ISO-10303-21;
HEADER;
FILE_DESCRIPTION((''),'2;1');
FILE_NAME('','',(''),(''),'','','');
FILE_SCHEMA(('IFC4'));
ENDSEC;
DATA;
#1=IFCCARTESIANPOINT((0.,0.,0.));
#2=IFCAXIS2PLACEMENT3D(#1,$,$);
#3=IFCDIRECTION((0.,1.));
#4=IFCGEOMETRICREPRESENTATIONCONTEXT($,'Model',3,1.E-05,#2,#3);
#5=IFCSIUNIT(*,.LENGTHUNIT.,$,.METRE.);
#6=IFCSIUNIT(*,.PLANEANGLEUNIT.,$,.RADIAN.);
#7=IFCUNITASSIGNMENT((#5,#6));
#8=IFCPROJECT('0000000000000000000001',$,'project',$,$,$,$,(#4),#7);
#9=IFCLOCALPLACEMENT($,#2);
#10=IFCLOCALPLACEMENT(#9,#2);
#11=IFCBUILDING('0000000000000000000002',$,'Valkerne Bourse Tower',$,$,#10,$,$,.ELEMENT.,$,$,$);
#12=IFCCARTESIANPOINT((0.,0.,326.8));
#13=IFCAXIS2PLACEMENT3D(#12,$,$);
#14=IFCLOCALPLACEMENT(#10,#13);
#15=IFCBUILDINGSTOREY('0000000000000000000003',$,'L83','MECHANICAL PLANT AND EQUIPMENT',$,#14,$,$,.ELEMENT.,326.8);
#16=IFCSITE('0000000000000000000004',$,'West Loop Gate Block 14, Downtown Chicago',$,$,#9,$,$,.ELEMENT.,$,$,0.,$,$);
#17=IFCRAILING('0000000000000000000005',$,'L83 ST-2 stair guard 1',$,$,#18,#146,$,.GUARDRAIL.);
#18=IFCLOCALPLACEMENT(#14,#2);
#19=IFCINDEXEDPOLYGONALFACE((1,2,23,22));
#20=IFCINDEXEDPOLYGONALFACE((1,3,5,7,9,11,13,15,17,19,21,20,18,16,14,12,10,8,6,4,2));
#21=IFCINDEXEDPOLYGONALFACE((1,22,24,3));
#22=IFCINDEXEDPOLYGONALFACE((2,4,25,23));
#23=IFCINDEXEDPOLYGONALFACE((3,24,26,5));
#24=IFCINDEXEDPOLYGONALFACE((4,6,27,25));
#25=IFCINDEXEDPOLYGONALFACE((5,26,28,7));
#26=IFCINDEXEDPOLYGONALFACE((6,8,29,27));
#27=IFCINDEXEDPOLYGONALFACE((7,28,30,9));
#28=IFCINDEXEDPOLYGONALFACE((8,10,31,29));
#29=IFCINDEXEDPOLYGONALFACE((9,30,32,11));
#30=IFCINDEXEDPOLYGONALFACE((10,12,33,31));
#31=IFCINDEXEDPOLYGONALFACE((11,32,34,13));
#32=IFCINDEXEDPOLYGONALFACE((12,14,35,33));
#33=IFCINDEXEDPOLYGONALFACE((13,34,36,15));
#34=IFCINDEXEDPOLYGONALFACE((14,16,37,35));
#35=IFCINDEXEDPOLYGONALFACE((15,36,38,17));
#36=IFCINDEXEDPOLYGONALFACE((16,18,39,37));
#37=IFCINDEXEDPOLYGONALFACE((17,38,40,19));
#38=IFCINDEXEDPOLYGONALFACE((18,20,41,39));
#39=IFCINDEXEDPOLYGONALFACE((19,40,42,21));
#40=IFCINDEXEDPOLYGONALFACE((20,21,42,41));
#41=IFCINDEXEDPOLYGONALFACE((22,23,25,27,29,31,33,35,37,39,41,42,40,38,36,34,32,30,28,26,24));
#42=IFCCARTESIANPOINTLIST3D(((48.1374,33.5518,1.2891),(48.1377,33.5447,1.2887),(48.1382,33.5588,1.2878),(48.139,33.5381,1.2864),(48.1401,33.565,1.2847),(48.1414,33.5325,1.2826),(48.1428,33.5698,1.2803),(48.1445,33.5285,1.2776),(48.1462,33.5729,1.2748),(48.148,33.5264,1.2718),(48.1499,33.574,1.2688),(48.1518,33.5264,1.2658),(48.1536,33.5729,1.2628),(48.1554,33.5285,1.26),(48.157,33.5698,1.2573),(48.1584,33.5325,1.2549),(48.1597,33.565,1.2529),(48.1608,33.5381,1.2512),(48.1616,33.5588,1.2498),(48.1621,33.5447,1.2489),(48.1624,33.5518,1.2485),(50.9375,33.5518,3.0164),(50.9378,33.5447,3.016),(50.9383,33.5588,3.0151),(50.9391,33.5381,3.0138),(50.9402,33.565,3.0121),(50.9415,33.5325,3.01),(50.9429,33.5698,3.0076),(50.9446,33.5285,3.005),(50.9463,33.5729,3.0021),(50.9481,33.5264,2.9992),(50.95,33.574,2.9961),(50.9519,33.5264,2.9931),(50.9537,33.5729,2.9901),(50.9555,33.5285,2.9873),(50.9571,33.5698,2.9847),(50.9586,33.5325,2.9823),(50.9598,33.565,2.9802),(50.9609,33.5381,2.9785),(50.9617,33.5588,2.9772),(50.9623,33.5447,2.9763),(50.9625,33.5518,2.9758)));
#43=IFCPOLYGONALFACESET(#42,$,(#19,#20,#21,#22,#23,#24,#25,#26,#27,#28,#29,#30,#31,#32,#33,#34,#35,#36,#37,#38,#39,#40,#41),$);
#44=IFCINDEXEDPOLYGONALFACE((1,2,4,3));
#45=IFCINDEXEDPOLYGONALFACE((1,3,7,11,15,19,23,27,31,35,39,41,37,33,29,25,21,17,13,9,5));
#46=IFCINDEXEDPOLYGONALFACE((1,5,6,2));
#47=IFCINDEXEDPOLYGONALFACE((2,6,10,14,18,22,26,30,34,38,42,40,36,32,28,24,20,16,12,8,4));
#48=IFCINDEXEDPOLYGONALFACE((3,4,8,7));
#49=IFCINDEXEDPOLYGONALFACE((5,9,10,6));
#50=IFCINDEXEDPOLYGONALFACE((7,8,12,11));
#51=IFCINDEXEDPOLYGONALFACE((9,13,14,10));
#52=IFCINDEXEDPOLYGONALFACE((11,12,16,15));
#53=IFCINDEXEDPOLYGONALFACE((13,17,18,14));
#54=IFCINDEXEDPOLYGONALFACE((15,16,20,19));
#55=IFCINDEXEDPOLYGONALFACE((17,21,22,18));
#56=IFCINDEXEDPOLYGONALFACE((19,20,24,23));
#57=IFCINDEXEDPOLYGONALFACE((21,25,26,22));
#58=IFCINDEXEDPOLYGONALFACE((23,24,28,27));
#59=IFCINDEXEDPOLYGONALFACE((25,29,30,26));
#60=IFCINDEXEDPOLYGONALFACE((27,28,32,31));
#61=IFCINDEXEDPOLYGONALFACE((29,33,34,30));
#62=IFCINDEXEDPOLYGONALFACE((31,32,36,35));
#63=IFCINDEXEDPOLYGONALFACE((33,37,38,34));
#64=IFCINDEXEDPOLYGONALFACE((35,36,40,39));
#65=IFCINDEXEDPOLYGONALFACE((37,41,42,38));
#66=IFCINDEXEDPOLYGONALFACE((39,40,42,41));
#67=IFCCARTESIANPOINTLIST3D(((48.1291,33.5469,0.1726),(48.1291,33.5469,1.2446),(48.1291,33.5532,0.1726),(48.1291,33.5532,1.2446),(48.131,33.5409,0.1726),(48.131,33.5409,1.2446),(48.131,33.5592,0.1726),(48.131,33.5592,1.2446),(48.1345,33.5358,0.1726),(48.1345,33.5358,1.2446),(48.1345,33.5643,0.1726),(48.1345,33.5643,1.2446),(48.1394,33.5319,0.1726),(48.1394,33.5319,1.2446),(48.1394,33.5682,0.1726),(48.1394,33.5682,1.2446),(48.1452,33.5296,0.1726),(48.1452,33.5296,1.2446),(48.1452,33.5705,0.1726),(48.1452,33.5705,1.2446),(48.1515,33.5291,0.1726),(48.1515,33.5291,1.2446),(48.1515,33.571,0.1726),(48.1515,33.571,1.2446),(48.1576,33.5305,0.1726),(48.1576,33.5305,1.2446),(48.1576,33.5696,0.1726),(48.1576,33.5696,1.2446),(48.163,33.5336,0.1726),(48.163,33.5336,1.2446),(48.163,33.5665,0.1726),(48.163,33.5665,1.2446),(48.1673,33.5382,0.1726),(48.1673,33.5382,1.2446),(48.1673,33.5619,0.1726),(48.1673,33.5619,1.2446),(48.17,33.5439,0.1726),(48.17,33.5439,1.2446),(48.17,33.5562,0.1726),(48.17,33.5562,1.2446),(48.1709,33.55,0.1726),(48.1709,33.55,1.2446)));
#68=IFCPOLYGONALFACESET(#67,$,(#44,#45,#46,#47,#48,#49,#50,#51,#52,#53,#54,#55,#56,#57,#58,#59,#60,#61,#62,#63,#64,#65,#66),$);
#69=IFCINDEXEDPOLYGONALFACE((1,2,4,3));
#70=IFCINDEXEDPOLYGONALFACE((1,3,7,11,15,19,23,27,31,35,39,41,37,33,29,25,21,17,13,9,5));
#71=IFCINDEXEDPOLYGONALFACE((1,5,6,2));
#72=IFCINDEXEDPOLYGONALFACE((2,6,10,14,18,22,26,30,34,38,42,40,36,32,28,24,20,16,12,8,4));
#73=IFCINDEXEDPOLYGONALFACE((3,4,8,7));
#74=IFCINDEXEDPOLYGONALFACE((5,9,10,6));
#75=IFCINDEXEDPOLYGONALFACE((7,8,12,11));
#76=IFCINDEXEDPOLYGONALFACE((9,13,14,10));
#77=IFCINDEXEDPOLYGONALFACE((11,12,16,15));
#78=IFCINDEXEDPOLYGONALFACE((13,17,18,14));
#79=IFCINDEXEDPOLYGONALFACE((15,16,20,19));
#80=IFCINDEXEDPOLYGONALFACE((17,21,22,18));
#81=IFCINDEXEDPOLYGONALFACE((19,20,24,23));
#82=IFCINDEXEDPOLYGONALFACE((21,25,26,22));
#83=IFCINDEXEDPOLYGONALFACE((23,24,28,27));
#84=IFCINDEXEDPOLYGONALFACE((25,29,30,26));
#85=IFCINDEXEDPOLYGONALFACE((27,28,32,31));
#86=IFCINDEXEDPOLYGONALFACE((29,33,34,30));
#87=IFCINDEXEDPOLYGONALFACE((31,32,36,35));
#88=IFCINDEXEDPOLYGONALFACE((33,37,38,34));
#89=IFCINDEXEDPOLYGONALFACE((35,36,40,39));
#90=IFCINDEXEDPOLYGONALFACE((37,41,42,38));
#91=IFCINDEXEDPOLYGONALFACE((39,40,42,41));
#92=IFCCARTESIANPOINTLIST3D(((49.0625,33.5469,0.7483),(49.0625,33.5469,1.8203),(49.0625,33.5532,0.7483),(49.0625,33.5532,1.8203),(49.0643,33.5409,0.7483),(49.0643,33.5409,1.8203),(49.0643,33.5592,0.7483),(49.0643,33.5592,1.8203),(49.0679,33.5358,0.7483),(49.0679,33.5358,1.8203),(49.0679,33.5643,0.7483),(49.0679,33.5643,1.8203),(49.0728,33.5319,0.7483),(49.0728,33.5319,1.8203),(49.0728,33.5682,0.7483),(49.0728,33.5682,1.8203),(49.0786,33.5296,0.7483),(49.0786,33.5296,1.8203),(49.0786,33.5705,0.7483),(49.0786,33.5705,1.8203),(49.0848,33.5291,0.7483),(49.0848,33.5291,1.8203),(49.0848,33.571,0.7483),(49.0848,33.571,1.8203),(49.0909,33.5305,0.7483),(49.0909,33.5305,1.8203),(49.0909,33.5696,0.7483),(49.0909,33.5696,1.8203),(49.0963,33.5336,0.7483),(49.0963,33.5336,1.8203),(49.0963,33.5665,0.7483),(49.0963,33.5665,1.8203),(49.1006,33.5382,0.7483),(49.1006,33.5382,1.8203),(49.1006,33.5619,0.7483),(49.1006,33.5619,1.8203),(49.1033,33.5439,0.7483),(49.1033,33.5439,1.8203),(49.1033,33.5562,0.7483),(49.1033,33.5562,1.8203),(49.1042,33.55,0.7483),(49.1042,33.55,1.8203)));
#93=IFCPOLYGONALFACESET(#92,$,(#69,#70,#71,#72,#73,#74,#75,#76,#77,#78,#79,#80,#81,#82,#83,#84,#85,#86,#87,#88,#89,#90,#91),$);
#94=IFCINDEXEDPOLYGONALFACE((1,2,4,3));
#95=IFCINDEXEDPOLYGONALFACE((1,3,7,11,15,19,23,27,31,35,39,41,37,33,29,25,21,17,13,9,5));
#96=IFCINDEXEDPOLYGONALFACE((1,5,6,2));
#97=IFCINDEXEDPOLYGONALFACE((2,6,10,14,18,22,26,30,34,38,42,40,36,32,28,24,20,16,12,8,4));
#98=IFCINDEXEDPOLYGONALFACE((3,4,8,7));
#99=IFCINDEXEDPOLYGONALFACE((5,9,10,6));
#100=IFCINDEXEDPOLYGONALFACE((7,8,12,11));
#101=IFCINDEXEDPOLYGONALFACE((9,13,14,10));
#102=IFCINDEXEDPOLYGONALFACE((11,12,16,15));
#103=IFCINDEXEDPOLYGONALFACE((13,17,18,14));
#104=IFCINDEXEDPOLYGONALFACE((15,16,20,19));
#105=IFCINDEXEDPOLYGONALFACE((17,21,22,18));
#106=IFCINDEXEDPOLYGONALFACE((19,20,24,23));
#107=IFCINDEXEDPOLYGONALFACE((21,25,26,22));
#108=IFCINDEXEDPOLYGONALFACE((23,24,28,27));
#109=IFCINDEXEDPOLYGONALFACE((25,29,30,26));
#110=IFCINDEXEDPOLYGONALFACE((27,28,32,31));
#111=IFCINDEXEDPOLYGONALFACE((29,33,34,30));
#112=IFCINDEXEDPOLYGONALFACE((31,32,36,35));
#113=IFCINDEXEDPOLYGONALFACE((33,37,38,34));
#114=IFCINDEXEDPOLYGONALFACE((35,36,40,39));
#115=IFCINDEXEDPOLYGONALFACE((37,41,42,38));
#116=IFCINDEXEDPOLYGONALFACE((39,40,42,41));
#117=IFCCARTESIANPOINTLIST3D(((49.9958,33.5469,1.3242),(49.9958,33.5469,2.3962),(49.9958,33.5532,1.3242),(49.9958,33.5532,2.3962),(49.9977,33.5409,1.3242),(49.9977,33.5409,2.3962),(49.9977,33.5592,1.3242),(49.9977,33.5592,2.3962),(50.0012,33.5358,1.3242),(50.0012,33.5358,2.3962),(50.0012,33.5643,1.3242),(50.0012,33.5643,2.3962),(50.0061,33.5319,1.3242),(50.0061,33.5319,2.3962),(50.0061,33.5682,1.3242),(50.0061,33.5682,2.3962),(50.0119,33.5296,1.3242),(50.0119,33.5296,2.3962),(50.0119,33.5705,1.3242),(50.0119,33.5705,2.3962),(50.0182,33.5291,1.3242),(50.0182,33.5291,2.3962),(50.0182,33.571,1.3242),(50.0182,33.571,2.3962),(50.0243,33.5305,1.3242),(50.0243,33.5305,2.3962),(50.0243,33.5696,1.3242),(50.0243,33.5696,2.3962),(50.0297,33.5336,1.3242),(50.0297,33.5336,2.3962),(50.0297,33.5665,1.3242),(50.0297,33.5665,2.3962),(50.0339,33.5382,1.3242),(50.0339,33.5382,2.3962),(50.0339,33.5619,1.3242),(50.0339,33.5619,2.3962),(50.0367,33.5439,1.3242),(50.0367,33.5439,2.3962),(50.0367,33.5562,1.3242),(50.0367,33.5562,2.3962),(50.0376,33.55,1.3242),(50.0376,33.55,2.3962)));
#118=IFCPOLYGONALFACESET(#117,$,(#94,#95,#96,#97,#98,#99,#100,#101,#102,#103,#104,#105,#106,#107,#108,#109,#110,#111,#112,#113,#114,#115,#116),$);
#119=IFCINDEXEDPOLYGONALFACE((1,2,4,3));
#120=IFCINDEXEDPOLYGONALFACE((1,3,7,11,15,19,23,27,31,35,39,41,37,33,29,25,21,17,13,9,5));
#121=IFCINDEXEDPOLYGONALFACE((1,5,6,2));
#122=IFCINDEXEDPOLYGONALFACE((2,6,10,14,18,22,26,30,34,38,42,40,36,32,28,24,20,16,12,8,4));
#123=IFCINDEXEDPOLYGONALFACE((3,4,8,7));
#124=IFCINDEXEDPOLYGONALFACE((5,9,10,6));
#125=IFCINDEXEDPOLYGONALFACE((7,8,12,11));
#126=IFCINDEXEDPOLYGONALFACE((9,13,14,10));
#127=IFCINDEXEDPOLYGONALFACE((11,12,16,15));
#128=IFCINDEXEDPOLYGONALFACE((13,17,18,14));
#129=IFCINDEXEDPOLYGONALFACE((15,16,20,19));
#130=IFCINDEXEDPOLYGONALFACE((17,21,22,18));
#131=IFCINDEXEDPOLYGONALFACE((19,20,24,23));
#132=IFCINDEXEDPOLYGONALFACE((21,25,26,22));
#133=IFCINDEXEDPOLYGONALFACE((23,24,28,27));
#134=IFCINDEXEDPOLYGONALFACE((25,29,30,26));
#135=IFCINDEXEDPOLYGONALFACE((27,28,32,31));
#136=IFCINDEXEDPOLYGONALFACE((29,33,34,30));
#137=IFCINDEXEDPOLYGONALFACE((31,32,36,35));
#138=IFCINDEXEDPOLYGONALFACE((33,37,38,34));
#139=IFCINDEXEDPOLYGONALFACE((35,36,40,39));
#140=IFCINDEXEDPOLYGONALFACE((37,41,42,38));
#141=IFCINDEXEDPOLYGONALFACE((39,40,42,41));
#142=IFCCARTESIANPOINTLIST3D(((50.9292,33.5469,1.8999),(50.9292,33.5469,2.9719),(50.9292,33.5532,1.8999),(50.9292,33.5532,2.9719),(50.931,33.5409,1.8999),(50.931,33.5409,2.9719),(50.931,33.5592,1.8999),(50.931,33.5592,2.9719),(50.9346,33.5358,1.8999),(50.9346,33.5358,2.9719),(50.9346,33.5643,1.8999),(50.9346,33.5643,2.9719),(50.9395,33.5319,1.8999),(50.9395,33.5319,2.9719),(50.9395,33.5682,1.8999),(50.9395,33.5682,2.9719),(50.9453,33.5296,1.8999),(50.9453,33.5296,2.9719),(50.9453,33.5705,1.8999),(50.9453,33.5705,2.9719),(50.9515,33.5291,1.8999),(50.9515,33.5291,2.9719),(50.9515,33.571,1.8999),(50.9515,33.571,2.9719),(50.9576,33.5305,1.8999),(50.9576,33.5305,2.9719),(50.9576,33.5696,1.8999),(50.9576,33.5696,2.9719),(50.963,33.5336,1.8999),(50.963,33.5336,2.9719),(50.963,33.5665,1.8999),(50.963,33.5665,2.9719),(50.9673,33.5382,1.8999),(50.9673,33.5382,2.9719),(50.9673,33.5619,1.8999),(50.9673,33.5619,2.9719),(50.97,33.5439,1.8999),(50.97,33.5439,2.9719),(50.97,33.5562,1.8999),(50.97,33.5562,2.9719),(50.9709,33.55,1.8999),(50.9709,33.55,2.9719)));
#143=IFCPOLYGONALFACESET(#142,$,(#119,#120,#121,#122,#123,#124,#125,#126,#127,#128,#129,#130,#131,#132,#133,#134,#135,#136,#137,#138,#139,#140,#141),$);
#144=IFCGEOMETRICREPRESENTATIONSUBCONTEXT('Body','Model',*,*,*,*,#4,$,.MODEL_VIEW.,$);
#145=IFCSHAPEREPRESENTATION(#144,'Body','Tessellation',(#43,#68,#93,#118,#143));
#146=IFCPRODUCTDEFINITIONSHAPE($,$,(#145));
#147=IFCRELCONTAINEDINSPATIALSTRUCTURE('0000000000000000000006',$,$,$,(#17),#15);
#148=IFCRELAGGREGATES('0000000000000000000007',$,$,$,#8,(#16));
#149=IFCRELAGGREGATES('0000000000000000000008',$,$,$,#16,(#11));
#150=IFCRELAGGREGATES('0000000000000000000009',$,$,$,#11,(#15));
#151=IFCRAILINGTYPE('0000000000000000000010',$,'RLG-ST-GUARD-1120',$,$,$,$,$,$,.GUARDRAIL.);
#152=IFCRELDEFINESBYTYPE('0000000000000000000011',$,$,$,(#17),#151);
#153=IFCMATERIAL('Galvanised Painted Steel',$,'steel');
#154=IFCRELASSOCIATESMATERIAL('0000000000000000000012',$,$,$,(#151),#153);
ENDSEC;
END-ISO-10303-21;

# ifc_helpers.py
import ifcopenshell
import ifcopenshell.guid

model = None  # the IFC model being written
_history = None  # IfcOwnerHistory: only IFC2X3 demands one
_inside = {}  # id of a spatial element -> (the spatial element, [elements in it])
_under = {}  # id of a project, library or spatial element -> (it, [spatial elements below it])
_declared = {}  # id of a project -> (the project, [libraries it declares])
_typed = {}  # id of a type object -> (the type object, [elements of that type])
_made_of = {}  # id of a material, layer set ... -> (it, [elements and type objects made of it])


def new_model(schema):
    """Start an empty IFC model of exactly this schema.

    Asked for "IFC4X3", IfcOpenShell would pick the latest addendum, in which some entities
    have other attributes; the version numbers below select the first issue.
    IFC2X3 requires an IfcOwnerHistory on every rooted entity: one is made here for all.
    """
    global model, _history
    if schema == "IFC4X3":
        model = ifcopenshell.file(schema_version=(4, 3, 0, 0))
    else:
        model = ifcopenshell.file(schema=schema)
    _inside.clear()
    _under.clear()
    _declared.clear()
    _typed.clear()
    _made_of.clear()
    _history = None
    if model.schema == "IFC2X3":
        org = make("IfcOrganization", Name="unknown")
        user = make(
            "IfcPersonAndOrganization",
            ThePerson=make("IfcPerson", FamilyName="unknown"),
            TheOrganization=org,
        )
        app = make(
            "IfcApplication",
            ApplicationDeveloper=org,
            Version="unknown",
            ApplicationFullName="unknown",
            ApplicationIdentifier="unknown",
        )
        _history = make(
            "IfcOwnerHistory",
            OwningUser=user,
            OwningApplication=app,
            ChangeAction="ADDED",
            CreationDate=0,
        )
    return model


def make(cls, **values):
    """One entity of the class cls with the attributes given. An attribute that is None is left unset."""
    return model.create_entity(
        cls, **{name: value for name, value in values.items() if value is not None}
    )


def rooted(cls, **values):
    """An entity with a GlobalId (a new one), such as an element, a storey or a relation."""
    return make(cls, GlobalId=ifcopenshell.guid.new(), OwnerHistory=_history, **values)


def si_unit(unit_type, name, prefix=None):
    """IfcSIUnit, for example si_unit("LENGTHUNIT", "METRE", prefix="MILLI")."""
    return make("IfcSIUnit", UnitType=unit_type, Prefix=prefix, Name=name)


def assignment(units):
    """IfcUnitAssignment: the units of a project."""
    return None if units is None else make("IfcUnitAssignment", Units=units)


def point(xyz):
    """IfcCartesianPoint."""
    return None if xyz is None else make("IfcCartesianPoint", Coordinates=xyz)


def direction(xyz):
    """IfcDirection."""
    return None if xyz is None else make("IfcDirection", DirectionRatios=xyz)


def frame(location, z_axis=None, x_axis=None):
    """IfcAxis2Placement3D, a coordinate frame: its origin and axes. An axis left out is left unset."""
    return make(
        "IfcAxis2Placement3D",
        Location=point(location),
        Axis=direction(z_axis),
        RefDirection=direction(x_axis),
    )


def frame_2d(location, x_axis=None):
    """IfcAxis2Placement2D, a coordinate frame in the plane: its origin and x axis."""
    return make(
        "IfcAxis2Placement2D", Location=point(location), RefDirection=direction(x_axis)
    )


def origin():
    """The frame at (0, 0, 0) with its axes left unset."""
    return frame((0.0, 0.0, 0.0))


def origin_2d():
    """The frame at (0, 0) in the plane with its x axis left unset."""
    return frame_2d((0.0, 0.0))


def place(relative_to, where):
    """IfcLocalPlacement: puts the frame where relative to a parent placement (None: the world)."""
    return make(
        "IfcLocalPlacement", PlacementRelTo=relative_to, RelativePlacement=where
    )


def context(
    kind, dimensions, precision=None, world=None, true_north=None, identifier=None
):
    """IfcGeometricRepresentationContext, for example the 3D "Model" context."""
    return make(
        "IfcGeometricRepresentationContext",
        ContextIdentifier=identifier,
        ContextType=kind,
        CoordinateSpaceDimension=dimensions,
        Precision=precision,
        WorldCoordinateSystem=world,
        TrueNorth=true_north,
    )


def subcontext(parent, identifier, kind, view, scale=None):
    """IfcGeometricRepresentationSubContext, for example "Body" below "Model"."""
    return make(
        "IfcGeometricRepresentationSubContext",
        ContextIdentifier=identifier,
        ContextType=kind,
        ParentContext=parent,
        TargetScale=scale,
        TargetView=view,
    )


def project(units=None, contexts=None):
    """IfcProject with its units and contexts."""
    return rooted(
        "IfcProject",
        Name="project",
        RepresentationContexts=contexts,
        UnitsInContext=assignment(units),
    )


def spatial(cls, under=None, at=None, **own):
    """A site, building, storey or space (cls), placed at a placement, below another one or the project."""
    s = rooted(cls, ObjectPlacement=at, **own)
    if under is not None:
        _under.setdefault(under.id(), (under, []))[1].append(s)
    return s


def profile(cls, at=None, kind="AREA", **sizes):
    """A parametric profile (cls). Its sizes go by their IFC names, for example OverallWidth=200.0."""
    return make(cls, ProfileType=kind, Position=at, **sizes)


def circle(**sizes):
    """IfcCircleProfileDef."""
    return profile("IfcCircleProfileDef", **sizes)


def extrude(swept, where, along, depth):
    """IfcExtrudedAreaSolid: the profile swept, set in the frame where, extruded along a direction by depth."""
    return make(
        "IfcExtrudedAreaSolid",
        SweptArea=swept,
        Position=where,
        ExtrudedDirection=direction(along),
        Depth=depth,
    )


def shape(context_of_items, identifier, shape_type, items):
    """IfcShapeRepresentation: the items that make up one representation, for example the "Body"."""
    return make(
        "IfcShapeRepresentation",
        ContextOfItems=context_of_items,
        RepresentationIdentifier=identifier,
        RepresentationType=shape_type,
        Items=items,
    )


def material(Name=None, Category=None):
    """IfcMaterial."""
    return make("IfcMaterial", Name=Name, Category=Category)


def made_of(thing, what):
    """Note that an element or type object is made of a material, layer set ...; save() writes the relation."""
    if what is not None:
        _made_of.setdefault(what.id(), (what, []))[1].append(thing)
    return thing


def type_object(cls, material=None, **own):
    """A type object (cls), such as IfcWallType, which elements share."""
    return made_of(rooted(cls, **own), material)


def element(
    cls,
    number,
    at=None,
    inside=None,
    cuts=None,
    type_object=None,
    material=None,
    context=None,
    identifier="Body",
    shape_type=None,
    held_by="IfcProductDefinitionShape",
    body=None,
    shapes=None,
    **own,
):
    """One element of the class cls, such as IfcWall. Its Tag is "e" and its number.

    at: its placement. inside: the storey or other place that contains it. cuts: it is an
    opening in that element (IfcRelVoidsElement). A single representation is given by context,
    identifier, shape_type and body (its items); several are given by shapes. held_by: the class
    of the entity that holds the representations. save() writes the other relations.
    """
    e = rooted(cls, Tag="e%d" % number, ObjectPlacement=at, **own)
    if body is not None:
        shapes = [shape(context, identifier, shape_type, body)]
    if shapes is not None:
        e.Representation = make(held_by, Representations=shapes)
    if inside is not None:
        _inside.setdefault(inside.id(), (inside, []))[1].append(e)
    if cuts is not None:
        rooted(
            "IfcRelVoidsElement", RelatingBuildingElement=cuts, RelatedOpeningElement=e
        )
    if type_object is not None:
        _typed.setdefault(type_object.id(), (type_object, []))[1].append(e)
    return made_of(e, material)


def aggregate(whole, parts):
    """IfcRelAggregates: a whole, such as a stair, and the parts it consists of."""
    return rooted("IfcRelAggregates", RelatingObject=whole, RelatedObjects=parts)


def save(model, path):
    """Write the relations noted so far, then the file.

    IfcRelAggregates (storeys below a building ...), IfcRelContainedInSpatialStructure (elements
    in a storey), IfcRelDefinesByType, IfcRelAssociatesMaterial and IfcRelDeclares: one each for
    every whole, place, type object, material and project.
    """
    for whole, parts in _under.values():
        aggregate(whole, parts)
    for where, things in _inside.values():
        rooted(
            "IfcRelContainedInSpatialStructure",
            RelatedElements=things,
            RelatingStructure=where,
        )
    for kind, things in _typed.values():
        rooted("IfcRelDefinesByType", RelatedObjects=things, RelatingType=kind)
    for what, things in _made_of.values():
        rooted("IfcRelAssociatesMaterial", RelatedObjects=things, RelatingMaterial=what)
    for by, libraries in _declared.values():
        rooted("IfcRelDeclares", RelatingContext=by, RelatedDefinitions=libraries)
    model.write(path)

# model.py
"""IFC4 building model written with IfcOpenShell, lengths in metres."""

from ifc_helpers import new_model, si_unit, direction, frame, origin, origin_2d, place, context, subcontext, project, spatial, circle, extrude, material, type_object, element, save


model = new_model("IFC4")

# Units and contexts
model_context = context("Model", 3, precision=1e-05, world=origin(), true_north=direction((0.0, 1.0)))
body_context = subcontext(model_context, "Body", "Model", "MODEL_VIEW")
ifc_project = project(units=[si_unit("LENGTHUNIT", "METRE"), si_unit("PLANEANGLEUNIT", "RADIAN")], contexts=[model_context])

# Site, building, storey
site_placement = place(None, origin())
site = spatial("IfcSite", under=ifc_project, at=site_placement, Name="West Loop Gate Block 14, Downtown Chicago", CompositionType="ELEMENT", RefElevation=0.0)
building_placement = place(site_placement, origin())
building = spatial("IfcBuilding", under=site, at=building_placement, Name="Valkerne Bourse Tower", CompositionType="ELEMENT")
storey_placement = place(building_placement, frame((0.0, 0.0, 326.8)))
storey = spatial("IfcBuildingStorey", under=building, at=storey_placement, Name="L83", Description="MECHANICAL PLANT AND EQUIPMENT", CompositionType="ELEMENT", Elevation=326.8)

# Railing
ifc_material_1 = material(Name="Galvanised Painted Steel", Category="steel")
railing_type_1 = type_object("IfcRailingType", Name="RLG-ST-GUARD-1120", PredefinedType="GUARDRAIL", material=ifc_material_1)
railing_1_placement = place(storey_placement, frame((48.1499, 33.55, 0.1726)))
element("IfcRailing", 1, at=railing_1_placement, inside=storey, type_object=railing_type_1, Name="L83 ST-2 stair guard 1", PredefinedType="GUARDRAIL", context=body_context, shape_type="SweptSolid", body=[
    extrude(circle(Radius=0.0239, at=origin_2d()), frame((0.0, 0.0, 1.0962), z_axis=(0.85109, 0.0, 0.52502), x_axis=(0.0, 1.0, 0.0)), (0.0, 0.0, 1.0), 3.29),
    extrude(circle(Radius=0.021, at=origin_2d()), origin(), (0.0, 0.0, 1.0), 1.072),
    extrude(circle(Radius=0.021, at=origin_2d()), frame((0.9333, 0.0, 0.5757)), (0.0, 0.0, 1.0), 1.072),
    extrude(circle(Radius=0.021, at=origin_2d()), frame((1.8667, 0.0, 1.1516)), (0.0, 0.0, 1.0), 1.072),
    extrude(circle(Radius=0.021, at=origin_2d()), frame((2.8, 0.0, 1.7273)), (0.0, 0.0, 1.0), 1.072),
])

save(model, "model.ifc")
